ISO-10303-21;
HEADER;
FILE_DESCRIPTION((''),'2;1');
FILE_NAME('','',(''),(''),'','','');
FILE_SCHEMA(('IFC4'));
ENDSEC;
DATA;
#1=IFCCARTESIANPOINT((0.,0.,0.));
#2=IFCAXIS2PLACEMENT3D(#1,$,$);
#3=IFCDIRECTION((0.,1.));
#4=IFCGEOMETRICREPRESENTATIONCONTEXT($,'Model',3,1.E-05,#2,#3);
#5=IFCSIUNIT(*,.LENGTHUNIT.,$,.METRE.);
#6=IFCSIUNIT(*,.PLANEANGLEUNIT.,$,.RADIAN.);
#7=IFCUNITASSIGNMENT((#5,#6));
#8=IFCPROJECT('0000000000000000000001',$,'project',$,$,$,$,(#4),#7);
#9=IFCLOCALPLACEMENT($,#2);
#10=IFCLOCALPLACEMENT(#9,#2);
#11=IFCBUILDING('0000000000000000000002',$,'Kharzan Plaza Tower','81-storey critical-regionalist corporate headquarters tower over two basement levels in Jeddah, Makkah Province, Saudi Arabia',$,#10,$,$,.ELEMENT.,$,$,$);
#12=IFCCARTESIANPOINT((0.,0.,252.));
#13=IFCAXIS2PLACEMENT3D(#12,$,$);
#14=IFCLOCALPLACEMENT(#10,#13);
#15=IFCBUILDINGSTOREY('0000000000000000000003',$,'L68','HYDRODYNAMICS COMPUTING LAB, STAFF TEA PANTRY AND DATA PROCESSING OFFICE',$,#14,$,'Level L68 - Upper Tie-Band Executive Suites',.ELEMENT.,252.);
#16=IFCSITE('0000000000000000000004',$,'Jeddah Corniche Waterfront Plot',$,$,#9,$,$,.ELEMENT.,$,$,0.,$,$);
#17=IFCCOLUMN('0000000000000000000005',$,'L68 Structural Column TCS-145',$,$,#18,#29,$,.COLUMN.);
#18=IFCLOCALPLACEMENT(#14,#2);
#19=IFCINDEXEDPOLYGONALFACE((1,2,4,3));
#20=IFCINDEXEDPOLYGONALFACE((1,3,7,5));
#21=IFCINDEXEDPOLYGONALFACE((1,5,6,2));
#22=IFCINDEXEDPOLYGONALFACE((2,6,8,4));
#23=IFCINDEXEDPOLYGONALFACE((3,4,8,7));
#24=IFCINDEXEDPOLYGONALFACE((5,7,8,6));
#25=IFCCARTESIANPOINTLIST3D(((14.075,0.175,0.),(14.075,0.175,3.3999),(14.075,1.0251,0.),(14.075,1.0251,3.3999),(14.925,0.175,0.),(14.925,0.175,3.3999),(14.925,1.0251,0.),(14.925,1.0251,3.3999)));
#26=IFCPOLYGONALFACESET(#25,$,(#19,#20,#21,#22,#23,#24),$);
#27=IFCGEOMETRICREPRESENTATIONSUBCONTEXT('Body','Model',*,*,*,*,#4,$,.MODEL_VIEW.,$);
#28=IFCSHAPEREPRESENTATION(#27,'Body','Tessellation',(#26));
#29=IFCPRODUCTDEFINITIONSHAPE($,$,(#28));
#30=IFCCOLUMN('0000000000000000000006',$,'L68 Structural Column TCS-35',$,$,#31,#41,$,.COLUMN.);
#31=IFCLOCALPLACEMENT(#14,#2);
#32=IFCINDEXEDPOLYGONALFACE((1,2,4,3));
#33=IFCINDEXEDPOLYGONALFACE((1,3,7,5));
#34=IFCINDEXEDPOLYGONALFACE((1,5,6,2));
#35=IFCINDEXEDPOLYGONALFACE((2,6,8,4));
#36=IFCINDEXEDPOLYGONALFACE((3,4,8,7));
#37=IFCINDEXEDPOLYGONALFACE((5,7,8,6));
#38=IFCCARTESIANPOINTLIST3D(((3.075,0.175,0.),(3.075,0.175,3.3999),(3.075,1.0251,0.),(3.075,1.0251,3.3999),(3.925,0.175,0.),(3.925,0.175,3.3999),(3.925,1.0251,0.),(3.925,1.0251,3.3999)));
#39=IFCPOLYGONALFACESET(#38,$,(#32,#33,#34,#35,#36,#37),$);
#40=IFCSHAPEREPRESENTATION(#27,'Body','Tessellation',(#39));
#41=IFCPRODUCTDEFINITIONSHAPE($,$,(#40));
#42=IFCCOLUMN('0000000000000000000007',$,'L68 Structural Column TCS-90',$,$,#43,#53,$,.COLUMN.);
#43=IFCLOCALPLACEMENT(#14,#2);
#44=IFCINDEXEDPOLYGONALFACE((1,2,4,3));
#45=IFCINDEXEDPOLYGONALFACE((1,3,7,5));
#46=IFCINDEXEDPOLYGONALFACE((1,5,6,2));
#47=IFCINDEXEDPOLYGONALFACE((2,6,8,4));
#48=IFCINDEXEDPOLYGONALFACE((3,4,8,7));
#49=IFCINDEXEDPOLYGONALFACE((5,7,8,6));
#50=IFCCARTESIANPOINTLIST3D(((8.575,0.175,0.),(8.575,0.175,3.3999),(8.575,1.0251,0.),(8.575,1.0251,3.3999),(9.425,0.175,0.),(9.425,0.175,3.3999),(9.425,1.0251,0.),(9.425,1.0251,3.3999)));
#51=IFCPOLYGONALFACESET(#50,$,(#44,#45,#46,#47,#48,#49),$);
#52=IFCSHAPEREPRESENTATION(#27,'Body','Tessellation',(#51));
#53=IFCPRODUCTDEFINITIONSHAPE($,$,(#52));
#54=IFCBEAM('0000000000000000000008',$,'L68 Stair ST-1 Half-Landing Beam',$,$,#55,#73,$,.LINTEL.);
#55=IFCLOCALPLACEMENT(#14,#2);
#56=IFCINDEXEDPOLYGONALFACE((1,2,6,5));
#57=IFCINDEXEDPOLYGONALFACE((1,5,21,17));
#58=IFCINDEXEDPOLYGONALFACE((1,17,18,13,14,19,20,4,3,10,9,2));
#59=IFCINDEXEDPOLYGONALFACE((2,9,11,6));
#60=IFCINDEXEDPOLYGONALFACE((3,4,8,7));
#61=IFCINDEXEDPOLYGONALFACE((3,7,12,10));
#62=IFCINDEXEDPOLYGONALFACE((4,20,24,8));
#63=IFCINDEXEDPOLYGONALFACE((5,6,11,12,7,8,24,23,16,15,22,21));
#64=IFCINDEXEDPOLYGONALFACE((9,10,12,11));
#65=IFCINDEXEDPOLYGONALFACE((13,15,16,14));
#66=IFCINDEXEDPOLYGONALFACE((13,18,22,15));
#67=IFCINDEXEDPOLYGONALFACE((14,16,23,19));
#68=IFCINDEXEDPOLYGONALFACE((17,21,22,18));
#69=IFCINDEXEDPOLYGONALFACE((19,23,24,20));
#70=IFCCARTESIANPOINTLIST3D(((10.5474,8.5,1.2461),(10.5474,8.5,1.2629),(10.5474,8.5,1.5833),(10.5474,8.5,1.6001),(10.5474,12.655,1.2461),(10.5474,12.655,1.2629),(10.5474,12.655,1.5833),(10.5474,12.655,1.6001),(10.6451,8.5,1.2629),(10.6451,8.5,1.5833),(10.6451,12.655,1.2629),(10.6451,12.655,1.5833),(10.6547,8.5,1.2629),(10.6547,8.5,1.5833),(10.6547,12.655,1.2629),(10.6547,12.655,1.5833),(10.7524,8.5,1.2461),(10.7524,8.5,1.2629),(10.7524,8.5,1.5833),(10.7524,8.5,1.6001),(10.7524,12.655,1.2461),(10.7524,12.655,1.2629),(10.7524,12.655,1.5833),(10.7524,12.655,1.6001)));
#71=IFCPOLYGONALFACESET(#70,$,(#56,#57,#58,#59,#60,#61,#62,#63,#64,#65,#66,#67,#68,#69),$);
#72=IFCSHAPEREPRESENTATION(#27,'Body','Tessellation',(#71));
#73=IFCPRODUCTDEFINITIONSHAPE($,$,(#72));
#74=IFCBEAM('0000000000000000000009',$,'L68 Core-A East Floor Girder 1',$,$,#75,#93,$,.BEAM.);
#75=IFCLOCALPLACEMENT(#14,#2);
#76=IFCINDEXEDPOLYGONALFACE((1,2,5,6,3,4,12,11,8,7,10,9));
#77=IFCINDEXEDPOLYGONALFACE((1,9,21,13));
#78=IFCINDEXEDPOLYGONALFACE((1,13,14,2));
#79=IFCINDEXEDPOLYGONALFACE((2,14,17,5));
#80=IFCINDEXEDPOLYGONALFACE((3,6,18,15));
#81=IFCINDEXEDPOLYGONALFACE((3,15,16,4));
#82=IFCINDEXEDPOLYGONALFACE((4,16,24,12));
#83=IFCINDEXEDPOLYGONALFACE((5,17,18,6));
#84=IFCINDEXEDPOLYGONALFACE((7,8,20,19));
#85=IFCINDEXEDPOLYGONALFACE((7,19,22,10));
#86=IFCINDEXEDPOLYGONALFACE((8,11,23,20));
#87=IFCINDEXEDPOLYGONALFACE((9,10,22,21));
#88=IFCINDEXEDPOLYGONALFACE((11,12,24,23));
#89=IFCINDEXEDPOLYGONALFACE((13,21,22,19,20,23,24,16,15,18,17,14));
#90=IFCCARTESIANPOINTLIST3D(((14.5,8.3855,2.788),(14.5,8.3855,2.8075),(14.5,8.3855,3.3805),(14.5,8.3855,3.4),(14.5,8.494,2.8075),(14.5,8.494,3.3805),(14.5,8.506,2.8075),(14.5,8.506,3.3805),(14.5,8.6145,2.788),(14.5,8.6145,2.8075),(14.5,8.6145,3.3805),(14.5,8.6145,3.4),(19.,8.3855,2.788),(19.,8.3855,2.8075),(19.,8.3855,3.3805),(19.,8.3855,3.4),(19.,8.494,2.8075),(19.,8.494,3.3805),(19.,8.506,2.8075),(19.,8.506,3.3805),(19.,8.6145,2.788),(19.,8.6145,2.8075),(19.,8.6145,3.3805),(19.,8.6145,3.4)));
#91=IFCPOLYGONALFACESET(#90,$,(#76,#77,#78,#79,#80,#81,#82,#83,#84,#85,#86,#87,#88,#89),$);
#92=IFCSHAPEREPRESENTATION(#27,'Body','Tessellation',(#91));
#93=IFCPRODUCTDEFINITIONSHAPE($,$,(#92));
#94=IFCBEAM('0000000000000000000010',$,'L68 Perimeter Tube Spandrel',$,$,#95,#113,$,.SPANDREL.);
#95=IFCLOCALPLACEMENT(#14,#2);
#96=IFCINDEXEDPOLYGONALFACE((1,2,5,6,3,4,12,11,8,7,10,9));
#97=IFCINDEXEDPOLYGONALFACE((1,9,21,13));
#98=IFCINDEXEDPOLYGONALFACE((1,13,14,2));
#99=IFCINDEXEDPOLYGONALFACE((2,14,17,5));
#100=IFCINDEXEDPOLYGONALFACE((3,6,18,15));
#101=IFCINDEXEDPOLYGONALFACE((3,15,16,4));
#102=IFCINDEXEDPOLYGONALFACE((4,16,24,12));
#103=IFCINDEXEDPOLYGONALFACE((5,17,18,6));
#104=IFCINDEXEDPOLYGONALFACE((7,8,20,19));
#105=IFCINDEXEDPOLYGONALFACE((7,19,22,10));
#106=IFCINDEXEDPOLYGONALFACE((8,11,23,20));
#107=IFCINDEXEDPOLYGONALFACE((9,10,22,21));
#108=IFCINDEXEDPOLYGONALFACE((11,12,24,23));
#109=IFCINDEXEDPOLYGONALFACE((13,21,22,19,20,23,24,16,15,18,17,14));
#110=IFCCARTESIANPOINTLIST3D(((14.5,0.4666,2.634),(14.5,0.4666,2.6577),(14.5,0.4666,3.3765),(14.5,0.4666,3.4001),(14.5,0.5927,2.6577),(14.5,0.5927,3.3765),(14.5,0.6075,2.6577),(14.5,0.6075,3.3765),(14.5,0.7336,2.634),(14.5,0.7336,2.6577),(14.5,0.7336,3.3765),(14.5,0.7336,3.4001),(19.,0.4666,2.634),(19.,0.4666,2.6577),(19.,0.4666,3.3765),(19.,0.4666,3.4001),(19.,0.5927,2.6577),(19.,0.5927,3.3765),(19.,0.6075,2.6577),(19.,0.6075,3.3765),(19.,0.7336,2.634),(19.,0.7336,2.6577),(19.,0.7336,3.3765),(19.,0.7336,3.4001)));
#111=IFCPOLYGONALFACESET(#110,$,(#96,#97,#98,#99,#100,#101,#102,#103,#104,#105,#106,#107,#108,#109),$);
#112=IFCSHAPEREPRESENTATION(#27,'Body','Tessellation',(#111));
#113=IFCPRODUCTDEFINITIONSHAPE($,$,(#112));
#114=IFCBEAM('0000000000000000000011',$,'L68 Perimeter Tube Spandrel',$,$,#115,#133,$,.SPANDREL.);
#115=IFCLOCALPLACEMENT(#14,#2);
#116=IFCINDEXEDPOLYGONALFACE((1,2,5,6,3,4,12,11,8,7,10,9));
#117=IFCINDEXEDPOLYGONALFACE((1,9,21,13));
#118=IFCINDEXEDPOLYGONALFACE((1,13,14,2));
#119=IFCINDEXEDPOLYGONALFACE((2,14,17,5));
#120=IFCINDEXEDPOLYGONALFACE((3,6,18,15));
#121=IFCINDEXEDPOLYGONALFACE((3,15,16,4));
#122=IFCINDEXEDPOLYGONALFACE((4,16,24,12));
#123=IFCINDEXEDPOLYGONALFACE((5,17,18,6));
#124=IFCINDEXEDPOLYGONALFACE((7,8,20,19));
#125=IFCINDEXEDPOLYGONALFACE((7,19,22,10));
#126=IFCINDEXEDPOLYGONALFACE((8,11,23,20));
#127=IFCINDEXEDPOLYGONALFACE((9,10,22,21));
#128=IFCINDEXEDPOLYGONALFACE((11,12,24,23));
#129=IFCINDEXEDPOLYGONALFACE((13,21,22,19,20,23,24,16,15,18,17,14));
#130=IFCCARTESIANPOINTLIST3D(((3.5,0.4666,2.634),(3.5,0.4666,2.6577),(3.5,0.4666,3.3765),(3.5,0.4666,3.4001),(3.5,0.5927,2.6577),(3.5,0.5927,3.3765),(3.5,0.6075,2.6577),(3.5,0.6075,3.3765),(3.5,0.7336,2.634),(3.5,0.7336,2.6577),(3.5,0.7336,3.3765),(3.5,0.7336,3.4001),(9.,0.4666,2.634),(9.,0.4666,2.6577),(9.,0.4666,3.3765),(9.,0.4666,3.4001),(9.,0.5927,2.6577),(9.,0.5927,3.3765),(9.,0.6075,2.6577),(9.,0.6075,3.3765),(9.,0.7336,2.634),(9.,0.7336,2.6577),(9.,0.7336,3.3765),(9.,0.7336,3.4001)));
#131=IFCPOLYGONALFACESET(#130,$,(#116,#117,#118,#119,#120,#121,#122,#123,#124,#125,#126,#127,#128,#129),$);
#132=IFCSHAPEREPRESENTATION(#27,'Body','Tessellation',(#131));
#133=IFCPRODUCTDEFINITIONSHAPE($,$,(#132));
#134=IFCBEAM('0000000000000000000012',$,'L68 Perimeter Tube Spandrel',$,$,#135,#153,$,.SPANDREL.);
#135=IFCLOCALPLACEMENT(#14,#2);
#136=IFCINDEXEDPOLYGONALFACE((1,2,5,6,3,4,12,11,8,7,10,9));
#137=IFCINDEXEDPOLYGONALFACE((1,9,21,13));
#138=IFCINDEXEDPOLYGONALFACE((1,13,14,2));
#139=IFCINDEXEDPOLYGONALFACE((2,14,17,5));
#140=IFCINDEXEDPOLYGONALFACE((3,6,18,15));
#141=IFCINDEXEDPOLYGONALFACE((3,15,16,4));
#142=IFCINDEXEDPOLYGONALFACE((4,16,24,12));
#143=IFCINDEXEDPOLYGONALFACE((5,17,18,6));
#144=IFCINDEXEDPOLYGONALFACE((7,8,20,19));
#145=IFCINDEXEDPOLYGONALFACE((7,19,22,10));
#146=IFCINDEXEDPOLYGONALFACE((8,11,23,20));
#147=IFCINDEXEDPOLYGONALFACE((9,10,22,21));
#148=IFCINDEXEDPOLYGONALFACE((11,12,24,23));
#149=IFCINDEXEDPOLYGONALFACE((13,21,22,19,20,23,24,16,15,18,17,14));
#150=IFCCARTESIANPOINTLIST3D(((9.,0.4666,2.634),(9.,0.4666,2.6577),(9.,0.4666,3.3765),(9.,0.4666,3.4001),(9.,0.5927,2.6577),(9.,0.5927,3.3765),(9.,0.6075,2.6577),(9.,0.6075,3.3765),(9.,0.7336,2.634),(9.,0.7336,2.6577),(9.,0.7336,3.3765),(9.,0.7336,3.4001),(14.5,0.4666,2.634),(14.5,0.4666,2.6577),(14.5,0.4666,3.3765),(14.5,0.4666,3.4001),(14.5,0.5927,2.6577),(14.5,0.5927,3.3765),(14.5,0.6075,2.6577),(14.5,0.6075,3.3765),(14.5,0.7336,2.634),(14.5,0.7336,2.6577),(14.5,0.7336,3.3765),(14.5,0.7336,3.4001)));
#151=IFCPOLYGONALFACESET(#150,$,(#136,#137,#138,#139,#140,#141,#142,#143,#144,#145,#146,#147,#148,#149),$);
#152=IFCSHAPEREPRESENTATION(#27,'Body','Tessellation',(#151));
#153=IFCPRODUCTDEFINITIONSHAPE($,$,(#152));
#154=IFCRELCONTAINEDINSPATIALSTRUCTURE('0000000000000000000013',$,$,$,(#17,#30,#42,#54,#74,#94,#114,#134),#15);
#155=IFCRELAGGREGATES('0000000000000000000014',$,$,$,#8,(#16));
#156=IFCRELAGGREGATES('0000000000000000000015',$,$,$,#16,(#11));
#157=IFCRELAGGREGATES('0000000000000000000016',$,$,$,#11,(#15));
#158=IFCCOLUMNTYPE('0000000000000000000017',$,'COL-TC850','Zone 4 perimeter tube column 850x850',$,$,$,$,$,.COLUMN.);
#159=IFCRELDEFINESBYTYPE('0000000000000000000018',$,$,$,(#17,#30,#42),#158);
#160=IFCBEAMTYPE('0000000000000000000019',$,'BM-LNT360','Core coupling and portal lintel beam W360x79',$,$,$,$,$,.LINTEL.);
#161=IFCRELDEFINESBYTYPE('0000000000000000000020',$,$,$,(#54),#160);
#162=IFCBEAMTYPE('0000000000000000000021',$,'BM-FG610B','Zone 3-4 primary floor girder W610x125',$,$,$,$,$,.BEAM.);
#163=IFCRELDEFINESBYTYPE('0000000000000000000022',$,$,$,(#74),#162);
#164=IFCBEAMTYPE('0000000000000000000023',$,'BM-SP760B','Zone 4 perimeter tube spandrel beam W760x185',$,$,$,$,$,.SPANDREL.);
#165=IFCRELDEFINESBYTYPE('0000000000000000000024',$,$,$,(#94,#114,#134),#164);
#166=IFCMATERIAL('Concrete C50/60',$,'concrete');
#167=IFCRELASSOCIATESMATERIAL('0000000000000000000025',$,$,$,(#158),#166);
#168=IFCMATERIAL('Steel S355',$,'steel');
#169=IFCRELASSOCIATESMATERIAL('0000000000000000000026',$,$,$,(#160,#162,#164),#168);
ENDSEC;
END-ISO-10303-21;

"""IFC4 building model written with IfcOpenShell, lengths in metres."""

from ifc_helpers import new_model, si_unit, direction, frame, origin, origin_2d, place, context, subcontext, project, spatial, rectangle, i_section, extrude, source, transform, mapped, material, material_profile, profile_set, type_object, element, save


model = new_model("IFC4")

# Units and contexts
model_context = context("Model", 3, precision=1e-05, world=origin(), true_north=direction((0.0, 1.0)))
body_context = subcontext(model_context, "Body", "Model", "MODEL_VIEW")
ifc_project = project(units=[si_unit("LENGTHUNIT", "METRE"), si_unit("PLANEANGLEUNIT", "RADIAN")], contexts=[model_context])

# Site, building, storey
site_placement = place(None, origin())
site = spatial("IfcSite", under=ifc_project, at=site_placement, Name="Jeddah Corniche Waterfront Plot", CompositionType="ELEMENT", RefElevation=0.0)
building_placement = place(site_placement, origin())
building = spatial("IfcBuilding", under=site, at=building_placement, Name="Kharzan Plaza Tower", Description="81-storey critical-regionalist corporate headquarters tower over two basement levels in Jeddah, Makkah Province, Saudi Arabia", CompositionType="ELEMENT")
storey_placement = place(building_placement, frame((0.0, 0.0, 252.0)))
storey = spatial("IfcBuildingStorey", under=building, at=storey_placement, Name="L68", Description="HYDRODYNAMICS COMPUTING LAB, STAFF TEA PANTRY AND DATA PROCESSING OFFICE", LongName="Level L68 - Upper Tie-Band Executive Suites", CompositionType="ELEMENT", Elevation=252.0)

# Columns
ifc_material_1 = material(Name="Concrete C50/60", Category="concrete")
ifc_material_profile_1 = material_profile(ifc_material_1, rectangle(XDim=0.8501, YDim=0.8501, at=origin_2d()), Name="RC-TC850x850")
ifc_profile_set_1 = profile_set([ifc_material_profile_1], Name="Concrete C50/60")
column_type = type_object("IfcColumnType", Name="COL-TC850", Description="Zone 4 perimeter tube column 850x850", PredefinedType="COLUMN", material=ifc_profile_set_1)
shared_shape_1 = source(origin(), body_context, "Body", "SweptSolid", [
    extrude(rectangle(XDim=0.8501, YDim=0.8501, at=origin_2d()), origin(), (0.0, 0.0, 1.0), 3.3999),
])
for number, where, z_axis, x_axis, name in (
    (1, (14.5, 0.6001, 0.0), (0.0, 0.0, 1.0), (1.0, 0.0, 0.0), "L68 Structural Column TCS-145"),
    (2, (3.5, 0.6001, 0.0), (0.0, 0.0, 1.0), (1.0, 0.0, 0.0), "L68 Structural Column TCS-35"),
    (3, (9.0, 0.6001, 0.0), (0.0, 0.0, 1.0), (1.0, 0.0, 0.0), "L68 Structural Column TCS-90"),
):
    element("IfcColumn", number, at=place(storey_placement, frame(where, z_axis=z_axis, x_axis=x_axis)), inside=storey, type_object=column_type, Name=name, PredefinedType="COLUMN", context=body_context, shape_type="MappedRepresentation", body=[
        mapped(shared_shape_1, transform((0.0, 0.0, 0.0), x_axis=(1.0, 0.0, 0.0), y_axis=(0.0, 1.0, 0.0), z_axis=(0.0, 0.0, 1.0))),
    ])

# Beams
ifc_material_2 = material(Name="Steel S355", Category="steel")
ifc_material_profile_2 = material_profile(ifc_material_2, i_section(OverallWidth=0.2051, OverallDepth=0.354, WebThickness=0.0095, FlangeThickness=0.0168, at=origin_2d()), Name="W360x79")
ifc_profile_set_2 = profile_set([ifc_material_profile_2], Name="Steel S355")
beam_type_1 = type_object("IfcBeamType", Name="BM-LNT360", Description="Core coupling and portal lintel beam W360x79", PredefinedType="LINTEL", material=ifc_profile_set_2)
shared_shape_2 = source(origin(), body_context, "Body", "SweptSolid", [
    extrude(i_section(OverallWidth=0.2051, OverallDepth=0.354, WebThickness=0.0095, FlangeThickness=0.0168, at=origin_2d()), origin(), (0.0, 0.0, 1.0), 4.155),
])
beam_1_placement = place(storey_placement, frame((10.6499, 8.5, 1.4231), z_axis=(0.0, 1.0, 0.0), x_axis=(-1.0, 0.0, 0.0)))
element("IfcBeam", 4, at=beam_1_placement, inside=storey, type_object=beam_type_1, Name="L68 Stair ST-1 Half-Landing Beam", PredefinedType="LINTEL", context=body_context, shape_type="MappedRepresentation", body=[
    mapped(shared_shape_2, transform((0.0, 0.0, 0.0), x_axis=(1.0, 0.0, 0.0), y_axis=(0.0, 1.0, 0.0), z_axis=(0.0, 0.0, 1.0))),
])
ifc_material_profile_3 = material_profile(ifc_material_2, i_section(OverallWidth=0.229, OverallDepth=0.6121, WebThickness=0.012, FlangeThickness=0.0195, at=origin_2d()), Name="W610x125")
ifc_profile_set_3 = profile_set([ifc_material_profile_3], Name="Steel S355")
beam_type_2 = type_object("IfcBeamType", Name="BM-FG610B", Description="Zone 3-4 primary floor girder W610x125", PredefinedType="BEAM", material=ifc_profile_set_3)
shared_shape_3 = source(origin(), body_context, "Body", "SweptSolid", [
    extrude(i_section(OverallWidth=0.229, OverallDepth=0.6121, WebThickness=0.012, FlangeThickness=0.0195, at=origin_2d()), origin(), (0.0, 0.0, 1.0), 4.5),
])
beam_2_placement = place(storey_placement, frame((14.5, 8.5, 3.094), z_axis=(1.0, 0.0, 0.0), x_axis=(0.0, 1.0, 0.0)))
element("IfcBeam", 5, at=beam_2_placement, inside=storey, type_object=beam_type_2, Name="L68 Core-A East Floor Girder 1", PredefinedType="BEAM", context=body_context, shape_type="MappedRepresentation", body=[
    mapped(shared_shape_3, transform((0.0, 0.0, 0.0), x_axis=(1.0, 0.0, 0.0), y_axis=(0.0, 1.0, 0.0), z_axis=(0.0, 0.0, 1.0))),
])
ifc_material_profile_4 = material_profile(ifc_material_2, i_section(OverallWidth=0.2671, OverallDepth=0.7661, WebThickness=0.0149, FlangeThickness=0.0237, at=origin_2d()), Name="W760x185")
ifc_profile_set_4 = profile_set([ifc_material_profile_4], Name="Steel S355")
beam_type_3 = type_object("IfcBeamType", Name="BM-SP760B", Description="Zone 4 perimeter tube spandrel beam W760x185", PredefinedType="SPANDREL", material=ifc_profile_set_4)
shared_shape_4 = source(origin(), body_context, "Body", "SweptSolid", [
    extrude(i_section(OverallWidth=0.2671, OverallDepth=0.7661, WebThickness=0.0149, FlangeThickness=0.0237, at=origin_2d()), origin(), (0.0, 0.0, 1.0), 4.5),
])
beam_3_placement = place(storey_placement, frame((14.5, 0.6001, 3.0171), z_axis=(1.0, 0.0, 0.0), x_axis=(0.0, 1.0, 0.0)))
element("IfcBeam", 6, at=beam_3_placement, inside=storey, type_object=beam_type_3, Name="L68 Perimeter Tube Spandrel", PredefinedType="SPANDREL", context=body_context, shape_type="MappedRepresentation", body=[
    mapped(shared_shape_4, transform((0.0, 0.0, 0.0), x_axis=(1.0, 0.0, 0.0), y_axis=(0.0, 1.0, 0.0), z_axis=(0.0, 0.0, 1.0))),
])
shared_shape_5 = source(origin(), body_context, "Body", "SweptSolid", [
    extrude(i_section(OverallWidth=0.2671, OverallDepth=0.7661, WebThickness=0.0149, FlangeThickness=0.0237, at=origin_2d()), origin(), (0.0, 0.0, 1.0), 5.5),
])
for number, where, z_axis, x_axis, name in (
    (7, (3.5, 0.6001, 3.0171), (1.0, 0.0, 0.0), (0.0, 1.0, 0.0), "L68 Perimeter Tube Spandrel"),
    (8, (9.0, 0.6001, 3.0171), (1.0, 0.0, 0.0), (0.0, 1.0, 0.0), "L68 Perimeter Tube Spandrel"),
):
    element("IfcBeam", number, at=place(storey_placement, frame(where, z_axis=z_axis, x_axis=x_axis)), inside=storey, type_object=beam_type_3, Name=name, PredefinedType="SPANDREL", context=body_context, shape_type="MappedRepresentation", body=[
        mapped(shared_shape_5, transform((0.0, 0.0, 0.0), x_axis=(1.0, 0.0, 0.0), y_axis=(0.0, 1.0, 0.0), z_axis=(0.0, 0.0, 1.0))),
    ])

save(model, "model.ifc")
